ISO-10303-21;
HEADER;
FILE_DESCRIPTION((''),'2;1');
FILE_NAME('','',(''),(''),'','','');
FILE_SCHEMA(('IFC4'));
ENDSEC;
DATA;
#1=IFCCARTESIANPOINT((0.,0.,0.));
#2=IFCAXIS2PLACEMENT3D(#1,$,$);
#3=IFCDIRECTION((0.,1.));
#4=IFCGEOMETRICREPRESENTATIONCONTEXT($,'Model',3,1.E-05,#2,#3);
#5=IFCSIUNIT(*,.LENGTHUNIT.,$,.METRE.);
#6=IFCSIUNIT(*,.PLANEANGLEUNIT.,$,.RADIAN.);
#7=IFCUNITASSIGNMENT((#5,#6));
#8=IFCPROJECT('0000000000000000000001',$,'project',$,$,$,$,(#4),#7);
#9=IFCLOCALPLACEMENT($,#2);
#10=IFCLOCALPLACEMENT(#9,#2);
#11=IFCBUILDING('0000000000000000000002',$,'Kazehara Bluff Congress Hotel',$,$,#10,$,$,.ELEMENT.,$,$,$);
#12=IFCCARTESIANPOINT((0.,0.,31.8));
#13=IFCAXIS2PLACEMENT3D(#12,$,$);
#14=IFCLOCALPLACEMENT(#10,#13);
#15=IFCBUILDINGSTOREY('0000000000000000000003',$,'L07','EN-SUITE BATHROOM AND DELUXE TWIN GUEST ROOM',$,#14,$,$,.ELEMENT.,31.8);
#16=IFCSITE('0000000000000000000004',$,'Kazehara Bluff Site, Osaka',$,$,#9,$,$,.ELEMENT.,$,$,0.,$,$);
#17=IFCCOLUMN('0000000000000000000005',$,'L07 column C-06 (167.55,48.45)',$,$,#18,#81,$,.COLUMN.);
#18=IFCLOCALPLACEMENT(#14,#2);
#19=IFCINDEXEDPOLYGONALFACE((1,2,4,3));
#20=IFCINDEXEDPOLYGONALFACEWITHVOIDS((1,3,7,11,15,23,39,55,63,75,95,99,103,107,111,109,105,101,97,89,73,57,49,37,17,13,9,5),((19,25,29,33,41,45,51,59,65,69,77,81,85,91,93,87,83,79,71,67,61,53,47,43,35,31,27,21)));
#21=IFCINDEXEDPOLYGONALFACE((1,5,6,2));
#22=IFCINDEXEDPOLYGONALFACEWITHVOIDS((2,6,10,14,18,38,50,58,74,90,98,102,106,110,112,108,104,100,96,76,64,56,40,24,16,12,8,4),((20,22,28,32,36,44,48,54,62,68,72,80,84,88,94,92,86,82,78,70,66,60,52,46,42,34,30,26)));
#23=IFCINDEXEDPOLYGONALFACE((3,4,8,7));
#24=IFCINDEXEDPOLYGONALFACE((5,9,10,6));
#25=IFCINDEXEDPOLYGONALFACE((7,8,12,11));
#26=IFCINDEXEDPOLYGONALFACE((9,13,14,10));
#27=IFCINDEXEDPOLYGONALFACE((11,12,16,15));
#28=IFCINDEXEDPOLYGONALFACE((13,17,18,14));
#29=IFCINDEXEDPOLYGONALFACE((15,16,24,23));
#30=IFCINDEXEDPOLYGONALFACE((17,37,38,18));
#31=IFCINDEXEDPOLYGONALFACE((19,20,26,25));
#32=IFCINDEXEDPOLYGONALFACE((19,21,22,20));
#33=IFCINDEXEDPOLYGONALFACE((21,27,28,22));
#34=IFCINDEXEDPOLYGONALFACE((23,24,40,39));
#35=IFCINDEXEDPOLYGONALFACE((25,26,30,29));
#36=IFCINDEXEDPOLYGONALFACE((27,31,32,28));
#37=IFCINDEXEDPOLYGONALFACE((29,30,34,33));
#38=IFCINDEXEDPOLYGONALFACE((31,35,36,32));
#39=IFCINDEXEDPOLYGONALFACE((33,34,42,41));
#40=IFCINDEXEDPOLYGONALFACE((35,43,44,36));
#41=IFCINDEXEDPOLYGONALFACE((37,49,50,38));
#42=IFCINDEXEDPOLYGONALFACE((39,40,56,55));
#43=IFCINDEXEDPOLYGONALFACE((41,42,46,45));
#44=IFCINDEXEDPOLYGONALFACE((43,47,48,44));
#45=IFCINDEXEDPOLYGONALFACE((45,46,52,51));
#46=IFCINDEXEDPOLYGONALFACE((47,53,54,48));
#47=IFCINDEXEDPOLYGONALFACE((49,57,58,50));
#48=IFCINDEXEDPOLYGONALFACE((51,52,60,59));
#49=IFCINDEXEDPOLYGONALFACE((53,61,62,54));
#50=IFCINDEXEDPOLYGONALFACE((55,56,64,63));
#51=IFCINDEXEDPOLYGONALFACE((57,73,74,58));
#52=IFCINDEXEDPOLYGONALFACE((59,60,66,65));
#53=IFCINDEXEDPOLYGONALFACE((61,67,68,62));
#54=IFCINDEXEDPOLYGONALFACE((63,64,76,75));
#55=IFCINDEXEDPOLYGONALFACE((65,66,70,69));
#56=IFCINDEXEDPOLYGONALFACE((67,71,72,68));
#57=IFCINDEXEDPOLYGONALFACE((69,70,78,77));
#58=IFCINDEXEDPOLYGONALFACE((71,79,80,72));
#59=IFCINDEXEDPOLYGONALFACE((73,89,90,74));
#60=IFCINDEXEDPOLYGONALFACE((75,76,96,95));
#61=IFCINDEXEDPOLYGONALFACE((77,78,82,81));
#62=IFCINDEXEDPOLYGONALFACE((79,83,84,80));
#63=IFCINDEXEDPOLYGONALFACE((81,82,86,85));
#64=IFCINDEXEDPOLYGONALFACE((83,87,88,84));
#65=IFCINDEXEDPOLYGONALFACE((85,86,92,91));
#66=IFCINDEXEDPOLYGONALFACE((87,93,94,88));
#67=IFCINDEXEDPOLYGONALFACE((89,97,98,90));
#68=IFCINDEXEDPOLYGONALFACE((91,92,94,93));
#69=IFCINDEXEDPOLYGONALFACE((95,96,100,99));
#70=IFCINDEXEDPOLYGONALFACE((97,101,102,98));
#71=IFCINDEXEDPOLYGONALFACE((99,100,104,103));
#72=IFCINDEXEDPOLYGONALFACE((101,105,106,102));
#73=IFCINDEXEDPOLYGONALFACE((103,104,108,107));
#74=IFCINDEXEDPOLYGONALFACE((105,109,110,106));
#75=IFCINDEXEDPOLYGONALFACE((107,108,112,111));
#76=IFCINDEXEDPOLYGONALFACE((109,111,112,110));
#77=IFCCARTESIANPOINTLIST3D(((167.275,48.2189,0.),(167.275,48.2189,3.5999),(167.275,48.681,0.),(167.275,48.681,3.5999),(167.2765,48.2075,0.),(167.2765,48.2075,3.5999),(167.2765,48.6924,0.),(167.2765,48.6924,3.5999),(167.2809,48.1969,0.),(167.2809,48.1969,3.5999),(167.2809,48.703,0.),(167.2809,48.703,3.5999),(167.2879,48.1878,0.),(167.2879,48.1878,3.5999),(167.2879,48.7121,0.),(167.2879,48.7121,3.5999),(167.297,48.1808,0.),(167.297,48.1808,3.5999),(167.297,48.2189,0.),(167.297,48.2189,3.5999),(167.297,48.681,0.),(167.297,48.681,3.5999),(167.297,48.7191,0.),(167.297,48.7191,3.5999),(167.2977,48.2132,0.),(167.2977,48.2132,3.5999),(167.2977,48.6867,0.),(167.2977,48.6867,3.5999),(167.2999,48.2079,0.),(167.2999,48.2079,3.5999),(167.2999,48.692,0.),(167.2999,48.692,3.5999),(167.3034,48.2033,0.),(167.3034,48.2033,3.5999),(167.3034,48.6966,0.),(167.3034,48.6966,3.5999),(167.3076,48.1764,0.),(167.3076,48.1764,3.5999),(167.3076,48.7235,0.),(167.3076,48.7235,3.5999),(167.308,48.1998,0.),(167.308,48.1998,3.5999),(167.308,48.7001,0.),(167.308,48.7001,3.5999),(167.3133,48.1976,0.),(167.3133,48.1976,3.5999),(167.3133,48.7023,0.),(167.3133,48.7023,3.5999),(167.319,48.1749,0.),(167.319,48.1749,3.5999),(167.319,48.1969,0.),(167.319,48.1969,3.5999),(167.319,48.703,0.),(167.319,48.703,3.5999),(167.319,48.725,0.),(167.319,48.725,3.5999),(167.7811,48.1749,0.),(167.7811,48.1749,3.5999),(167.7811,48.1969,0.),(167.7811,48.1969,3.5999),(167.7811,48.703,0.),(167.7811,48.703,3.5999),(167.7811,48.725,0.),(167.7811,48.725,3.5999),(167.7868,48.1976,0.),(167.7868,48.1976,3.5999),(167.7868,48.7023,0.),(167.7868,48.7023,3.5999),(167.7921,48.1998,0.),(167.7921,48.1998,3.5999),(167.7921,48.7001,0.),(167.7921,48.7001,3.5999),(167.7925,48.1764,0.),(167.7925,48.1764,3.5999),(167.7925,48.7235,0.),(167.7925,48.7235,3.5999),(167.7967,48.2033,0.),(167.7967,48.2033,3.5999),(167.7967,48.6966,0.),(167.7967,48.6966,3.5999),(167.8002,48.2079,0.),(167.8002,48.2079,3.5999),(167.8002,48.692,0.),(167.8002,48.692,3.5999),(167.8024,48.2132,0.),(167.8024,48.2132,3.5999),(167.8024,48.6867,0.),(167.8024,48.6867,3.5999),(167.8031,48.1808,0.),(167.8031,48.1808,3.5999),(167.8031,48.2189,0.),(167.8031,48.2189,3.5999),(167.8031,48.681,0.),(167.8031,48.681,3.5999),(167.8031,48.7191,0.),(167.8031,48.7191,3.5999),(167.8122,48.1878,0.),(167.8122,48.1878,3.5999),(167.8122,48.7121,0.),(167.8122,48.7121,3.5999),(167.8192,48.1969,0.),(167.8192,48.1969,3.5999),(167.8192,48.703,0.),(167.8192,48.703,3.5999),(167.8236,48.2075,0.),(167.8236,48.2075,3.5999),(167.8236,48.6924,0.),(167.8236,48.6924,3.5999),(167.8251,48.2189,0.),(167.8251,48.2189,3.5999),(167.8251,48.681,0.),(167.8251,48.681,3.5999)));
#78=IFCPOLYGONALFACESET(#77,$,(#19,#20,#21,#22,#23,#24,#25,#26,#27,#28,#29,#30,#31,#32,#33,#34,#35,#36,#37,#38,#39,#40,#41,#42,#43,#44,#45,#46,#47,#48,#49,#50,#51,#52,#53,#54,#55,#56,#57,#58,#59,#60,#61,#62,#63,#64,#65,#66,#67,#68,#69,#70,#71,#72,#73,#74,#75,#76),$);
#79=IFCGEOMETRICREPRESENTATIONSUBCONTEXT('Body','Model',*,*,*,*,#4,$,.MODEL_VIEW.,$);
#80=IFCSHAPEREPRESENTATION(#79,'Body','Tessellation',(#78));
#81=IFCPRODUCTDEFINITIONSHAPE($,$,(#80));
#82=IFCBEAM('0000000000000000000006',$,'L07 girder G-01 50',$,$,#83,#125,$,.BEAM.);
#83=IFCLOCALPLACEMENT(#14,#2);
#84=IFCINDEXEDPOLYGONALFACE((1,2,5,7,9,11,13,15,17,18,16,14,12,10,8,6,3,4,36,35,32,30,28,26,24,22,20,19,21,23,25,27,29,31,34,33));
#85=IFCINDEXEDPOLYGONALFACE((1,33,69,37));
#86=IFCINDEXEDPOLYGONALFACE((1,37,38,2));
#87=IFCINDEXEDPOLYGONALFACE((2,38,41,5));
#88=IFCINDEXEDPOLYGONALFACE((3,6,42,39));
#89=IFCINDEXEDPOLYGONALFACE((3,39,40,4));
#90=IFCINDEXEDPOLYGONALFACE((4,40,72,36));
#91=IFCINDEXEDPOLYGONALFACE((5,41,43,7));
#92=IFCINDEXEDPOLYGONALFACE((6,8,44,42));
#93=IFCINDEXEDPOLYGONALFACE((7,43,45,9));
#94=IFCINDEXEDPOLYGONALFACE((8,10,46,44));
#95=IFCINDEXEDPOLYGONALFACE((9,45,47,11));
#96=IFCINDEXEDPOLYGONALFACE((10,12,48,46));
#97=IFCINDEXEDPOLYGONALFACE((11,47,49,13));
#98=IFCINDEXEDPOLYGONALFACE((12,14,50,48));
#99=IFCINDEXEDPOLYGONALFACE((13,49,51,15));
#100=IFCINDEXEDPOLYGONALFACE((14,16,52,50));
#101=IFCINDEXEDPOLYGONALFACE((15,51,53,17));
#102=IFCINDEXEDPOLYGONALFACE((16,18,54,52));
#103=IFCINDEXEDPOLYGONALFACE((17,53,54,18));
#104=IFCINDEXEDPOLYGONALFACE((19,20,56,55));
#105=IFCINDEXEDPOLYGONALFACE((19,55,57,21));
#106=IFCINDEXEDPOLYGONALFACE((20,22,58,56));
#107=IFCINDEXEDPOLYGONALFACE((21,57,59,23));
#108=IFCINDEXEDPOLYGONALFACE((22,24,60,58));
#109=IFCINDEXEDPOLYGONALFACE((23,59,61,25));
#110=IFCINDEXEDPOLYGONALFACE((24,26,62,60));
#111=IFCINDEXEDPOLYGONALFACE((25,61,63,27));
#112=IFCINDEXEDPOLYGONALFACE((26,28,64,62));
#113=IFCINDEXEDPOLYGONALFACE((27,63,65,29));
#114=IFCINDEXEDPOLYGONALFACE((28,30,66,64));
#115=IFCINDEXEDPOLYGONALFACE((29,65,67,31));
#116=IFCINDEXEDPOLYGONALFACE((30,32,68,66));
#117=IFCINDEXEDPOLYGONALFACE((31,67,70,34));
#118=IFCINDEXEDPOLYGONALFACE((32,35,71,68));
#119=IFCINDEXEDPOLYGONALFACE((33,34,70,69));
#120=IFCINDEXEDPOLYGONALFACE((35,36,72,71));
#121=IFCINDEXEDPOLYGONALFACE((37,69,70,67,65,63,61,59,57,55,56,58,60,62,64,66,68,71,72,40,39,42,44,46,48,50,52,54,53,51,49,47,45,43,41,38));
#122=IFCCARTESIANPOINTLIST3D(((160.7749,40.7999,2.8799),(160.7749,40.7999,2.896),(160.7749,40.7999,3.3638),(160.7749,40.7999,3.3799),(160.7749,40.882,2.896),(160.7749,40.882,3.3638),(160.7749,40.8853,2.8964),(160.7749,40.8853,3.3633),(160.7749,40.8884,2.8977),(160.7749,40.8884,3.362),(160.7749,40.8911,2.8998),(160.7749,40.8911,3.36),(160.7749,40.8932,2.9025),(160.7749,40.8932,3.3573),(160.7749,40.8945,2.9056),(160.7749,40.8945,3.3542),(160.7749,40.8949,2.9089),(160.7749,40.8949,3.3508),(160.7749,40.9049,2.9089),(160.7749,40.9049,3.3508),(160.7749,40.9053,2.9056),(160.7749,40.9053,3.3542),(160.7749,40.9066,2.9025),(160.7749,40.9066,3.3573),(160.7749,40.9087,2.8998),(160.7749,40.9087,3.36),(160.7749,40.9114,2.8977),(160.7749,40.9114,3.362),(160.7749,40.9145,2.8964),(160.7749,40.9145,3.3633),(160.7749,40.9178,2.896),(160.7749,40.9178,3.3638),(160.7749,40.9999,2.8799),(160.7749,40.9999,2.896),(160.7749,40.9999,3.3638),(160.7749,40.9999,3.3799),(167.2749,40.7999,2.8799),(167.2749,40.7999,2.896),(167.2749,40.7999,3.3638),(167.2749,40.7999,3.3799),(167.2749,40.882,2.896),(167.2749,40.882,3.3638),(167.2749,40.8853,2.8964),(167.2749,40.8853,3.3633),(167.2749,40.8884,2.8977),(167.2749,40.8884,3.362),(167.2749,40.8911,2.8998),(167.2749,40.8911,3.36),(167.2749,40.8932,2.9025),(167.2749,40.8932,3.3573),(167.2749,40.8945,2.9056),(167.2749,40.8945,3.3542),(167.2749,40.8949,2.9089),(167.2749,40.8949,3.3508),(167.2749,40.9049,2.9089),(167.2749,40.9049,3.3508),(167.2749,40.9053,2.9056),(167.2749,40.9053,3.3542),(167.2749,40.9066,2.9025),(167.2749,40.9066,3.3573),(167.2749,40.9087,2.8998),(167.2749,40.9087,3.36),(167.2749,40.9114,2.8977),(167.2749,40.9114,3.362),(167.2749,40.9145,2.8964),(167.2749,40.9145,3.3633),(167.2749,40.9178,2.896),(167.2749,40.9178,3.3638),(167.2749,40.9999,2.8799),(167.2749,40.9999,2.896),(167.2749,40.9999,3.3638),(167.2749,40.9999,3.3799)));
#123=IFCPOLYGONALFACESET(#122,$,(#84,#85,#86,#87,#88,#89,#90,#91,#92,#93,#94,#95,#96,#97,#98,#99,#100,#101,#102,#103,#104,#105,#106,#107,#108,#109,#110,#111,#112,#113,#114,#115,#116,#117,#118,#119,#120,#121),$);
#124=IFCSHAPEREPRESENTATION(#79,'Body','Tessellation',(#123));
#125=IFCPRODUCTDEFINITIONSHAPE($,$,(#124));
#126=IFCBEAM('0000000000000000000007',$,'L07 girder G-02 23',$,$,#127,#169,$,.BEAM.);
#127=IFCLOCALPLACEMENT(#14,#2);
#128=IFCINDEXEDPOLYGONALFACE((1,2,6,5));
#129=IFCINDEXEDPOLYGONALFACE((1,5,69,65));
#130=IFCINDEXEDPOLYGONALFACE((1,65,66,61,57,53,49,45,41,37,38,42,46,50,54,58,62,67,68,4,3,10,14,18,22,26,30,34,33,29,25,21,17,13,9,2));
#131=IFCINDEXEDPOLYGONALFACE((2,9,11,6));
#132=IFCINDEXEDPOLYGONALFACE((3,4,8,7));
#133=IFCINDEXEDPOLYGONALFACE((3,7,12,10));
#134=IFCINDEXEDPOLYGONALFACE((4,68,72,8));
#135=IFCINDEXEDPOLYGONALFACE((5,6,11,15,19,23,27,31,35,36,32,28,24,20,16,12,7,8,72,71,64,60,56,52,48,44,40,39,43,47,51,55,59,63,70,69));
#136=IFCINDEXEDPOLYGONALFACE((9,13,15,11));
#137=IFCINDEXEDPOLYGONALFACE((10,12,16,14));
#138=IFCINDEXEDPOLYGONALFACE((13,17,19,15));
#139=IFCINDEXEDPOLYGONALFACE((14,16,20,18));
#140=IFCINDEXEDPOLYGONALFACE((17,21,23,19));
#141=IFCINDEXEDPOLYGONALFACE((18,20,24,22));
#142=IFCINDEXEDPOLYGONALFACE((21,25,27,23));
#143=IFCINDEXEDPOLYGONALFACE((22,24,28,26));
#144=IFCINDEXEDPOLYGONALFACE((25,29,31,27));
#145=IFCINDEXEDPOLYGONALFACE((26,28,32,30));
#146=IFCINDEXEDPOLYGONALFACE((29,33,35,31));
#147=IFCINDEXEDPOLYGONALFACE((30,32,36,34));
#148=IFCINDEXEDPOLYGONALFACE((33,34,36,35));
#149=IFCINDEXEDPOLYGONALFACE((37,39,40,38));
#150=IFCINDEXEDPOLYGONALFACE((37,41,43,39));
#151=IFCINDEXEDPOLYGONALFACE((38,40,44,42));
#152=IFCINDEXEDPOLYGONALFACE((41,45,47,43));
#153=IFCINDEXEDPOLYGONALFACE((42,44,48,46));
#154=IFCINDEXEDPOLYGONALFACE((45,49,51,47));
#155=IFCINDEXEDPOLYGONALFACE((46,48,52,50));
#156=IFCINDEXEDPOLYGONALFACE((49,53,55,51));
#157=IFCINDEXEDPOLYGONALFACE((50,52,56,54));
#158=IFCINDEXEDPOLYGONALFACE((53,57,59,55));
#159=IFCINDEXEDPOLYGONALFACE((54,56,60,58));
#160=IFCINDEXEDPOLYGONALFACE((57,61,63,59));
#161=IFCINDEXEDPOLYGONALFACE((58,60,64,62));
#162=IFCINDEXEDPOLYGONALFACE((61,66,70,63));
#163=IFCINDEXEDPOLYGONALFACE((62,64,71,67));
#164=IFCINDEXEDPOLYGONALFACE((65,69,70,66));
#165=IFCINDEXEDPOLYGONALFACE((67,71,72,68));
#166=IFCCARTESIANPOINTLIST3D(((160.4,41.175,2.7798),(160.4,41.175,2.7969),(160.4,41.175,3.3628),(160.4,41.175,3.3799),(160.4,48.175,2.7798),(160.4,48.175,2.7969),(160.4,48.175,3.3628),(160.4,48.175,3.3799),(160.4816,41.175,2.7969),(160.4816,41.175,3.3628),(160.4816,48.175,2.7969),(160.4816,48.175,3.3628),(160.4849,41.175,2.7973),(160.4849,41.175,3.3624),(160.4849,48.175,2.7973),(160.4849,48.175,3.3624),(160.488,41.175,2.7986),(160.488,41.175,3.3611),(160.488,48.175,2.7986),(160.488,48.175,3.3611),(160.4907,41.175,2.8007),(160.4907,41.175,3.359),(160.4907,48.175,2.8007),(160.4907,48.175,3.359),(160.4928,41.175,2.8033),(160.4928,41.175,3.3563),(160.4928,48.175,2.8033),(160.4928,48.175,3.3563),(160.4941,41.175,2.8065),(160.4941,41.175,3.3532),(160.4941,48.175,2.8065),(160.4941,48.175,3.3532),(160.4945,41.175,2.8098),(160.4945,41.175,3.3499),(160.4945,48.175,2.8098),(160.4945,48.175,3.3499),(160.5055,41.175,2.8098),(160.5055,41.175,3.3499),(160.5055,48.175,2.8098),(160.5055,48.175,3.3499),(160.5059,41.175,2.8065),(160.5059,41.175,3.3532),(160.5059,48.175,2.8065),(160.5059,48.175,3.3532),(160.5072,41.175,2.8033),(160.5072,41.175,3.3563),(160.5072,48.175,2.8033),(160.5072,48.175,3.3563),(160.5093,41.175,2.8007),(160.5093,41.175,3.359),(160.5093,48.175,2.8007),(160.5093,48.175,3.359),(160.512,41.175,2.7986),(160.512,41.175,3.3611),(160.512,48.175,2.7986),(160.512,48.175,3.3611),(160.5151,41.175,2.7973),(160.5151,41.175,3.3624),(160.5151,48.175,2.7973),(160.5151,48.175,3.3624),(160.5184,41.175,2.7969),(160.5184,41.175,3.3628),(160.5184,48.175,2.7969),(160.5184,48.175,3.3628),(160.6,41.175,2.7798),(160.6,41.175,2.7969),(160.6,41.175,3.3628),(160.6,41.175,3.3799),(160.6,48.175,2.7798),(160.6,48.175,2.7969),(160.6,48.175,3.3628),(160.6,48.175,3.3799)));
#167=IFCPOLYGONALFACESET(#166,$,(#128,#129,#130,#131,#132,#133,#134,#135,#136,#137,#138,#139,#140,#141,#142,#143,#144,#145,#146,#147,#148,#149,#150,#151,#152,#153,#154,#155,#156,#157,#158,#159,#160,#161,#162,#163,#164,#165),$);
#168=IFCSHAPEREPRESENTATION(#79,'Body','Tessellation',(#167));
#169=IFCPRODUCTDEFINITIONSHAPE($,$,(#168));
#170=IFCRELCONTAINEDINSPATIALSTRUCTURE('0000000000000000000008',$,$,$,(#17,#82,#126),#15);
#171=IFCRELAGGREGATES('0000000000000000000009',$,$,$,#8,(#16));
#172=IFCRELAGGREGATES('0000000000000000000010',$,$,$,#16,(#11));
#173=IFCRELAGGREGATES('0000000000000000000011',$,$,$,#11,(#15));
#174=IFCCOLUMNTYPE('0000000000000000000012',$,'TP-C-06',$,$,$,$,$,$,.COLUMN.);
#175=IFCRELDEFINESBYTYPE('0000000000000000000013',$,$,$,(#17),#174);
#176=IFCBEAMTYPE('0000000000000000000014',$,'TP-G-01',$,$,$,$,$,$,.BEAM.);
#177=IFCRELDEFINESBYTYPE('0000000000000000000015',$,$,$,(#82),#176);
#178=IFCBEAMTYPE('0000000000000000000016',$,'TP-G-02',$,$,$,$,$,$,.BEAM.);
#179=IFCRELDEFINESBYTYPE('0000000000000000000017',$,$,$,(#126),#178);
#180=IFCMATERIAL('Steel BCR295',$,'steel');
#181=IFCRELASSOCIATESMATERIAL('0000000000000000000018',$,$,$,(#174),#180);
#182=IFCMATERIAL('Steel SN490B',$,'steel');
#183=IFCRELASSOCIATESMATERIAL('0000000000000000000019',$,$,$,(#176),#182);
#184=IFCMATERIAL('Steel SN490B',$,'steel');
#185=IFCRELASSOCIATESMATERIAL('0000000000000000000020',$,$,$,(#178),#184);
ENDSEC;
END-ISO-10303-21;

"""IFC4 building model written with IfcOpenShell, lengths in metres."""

from ifc_helpers import new_model, si_unit, direction, frame, origin, origin_2d, place, context, subcontext, project, spatial, hollow_rectangle, i_section, extrude, material, material_profile, profile_set, type_object, element, save


model = new_model("IFC4")

# Units and contexts
model_context = context("Model", 3, precision=1e-05, world=origin(), true_north=direction((0.0, 1.0)))
body_context = subcontext(model_context, "Body", "Model", "MODEL_VIEW")
ifc_project = project(units=[si_unit("LENGTHUNIT", "METRE"), si_unit("PLANEANGLEUNIT", "RADIAN")], contexts=[model_context])

# Site, building, storey
site_placement = place(None, origin())
site = spatial("IfcSite", under=ifc_project, at=site_placement, Name="Kazehara Bluff Site, Osaka", CompositionType="ELEMENT", RefElevation=0.0)
building_placement = place(site_placement, origin())
building = spatial("IfcBuilding", under=site, at=building_placement, Name="Kazehara Bluff Congress Hotel", CompositionType="ELEMENT")
storey_placement = place(building_placement, frame((0.0, 0.0, 31.8)))
storey = spatial("IfcBuildingStorey", under=building, at=storey_placement, Name="L07", Description="EN-SUITE BATHROOM AND DELUXE TWIN GUEST ROOM", CompositionType="ELEMENT", Elevation=31.8)

# Column
ifc_material_1 = material(Name="Steel BCR295", Category="steel")
ifc_material_profile_1 = material_profile(ifc_material_1, hollow_rectangle(XDim=0.55, YDim=0.55, WallThickness=0.022, InnerFilletRadius=0.022, OuterFilletRadius=0.0439, at=origin_2d()))
ifc_profile_set_1 = profile_set([ifc_material_profile_1], Name="Steel BCR295")
column_type = type_object("IfcColumnType", Name="TP-C-06", PredefinedType="COLUMN", material=ifc_profile_set_1)
for number, where, z_axis, x_axis, name in (
    (1, (167.55, 48.45, 0.0), (0.0, 0.0, 1.0), (1.0, 0.0, 0.0), "L07 column C-06 (167.55,48.45)"),
):
    element("IfcColumn", number, at=place(storey_placement, frame(where, z_axis=z_axis, x_axis=x_axis)), inside=storey, type_object=column_type, Name=name, PredefinedType="COLUMN", context=body_context, shape_type="SweptSolid", body=[
        extrude(hollow_rectangle(XDim=0.55, YDim=0.55, WallThickness=0.022, InnerFilletRadius=0.022, OuterFilletRadius=0.0439, at=origin_2d()), origin(), (0.0, 0.0, 1.0), 3.5999),
    ])

# Beams
ifc_material_2 = material(Name="Steel SN490B", Category="steel")
ifc_material_profile_2 = material_profile(ifc_material_2, i_section(OverallWidth=0.2, OverallDepth=0.5, WebThickness=0.01, FlangeThickness=0.0161, FilletRadius=0.0129, at=origin_2d()))
ifc_profile_set_2 = profile_set([ifc_material_profile_2], Name="Steel SN490B")
beam_type_1 = type_object("IfcBeamType", Name="TP-G-01", PredefinedType="BEAM", material=ifc_profile_set_2)
beam_1_placement = place(storey_placement, frame((160.7749, 40.8999, 3.1299), z_axis=(1.0, 0.0, 0.0), x_axis=(0.0, 1.0, 0.0)))
element("IfcBeam", 2, at=beam_1_placement, inside=storey, type_object=beam_type_1, Name="L07 girder G-01 50", PredefinedType="BEAM", context=body_context, shape_type="SweptSolid", body=[
    extrude(i_section(OverallWidth=0.2, OverallDepth=0.5, WebThickness=0.01, FlangeThickness=0.0161, FilletRadius=0.0129, at=origin_2d()), origin(), (0.0, 0.0, 1.0), 6.5),
])
ifc_material_3 = material(Name="Steel SN490B", Category="steel")
ifc_material_profile_3 = material_profile(ifc_material_3, i_section(OverallWidth=0.2, OverallDepth=0.6001, WebThickness=0.011, FlangeThickness=0.0171, FilletRadius=0.0129, at=origin_2d()))
ifc_profile_set_3 = profile_set([ifc_material_profile_3], Name="Steel SN490B")
beam_type_2 = type_object("IfcBeamType", Name="TP-G-02", PredefinedType="BEAM", material=ifc_profile_set_3)
for number, where, z_axis, x_axis, name in (
    (3, (160.5, 41.175, 3.0798), (0.0, 1.0, 0.0), (-1.0, 0.0, 0.0), "L07 girder G-02 23"),
):
    element("IfcBeam", number, at=place(storey_placement, frame(where, z_axis=z_axis, x_axis=x_axis)), inside=storey, type_object=beam_type_2, Name=name, PredefinedType="BEAM", context=body_context, shape_type="SweptSolid", body=[
        extrude(i_section(OverallWidth=0.2, OverallDepth=0.6001, WebThickness=0.011, FlangeThickness=0.0171, FilletRadius=0.0129, at=origin_2d()), origin(), (0.0, 0.0, 1.0), 7.0),
    ])

save(model, "model.ifc")
